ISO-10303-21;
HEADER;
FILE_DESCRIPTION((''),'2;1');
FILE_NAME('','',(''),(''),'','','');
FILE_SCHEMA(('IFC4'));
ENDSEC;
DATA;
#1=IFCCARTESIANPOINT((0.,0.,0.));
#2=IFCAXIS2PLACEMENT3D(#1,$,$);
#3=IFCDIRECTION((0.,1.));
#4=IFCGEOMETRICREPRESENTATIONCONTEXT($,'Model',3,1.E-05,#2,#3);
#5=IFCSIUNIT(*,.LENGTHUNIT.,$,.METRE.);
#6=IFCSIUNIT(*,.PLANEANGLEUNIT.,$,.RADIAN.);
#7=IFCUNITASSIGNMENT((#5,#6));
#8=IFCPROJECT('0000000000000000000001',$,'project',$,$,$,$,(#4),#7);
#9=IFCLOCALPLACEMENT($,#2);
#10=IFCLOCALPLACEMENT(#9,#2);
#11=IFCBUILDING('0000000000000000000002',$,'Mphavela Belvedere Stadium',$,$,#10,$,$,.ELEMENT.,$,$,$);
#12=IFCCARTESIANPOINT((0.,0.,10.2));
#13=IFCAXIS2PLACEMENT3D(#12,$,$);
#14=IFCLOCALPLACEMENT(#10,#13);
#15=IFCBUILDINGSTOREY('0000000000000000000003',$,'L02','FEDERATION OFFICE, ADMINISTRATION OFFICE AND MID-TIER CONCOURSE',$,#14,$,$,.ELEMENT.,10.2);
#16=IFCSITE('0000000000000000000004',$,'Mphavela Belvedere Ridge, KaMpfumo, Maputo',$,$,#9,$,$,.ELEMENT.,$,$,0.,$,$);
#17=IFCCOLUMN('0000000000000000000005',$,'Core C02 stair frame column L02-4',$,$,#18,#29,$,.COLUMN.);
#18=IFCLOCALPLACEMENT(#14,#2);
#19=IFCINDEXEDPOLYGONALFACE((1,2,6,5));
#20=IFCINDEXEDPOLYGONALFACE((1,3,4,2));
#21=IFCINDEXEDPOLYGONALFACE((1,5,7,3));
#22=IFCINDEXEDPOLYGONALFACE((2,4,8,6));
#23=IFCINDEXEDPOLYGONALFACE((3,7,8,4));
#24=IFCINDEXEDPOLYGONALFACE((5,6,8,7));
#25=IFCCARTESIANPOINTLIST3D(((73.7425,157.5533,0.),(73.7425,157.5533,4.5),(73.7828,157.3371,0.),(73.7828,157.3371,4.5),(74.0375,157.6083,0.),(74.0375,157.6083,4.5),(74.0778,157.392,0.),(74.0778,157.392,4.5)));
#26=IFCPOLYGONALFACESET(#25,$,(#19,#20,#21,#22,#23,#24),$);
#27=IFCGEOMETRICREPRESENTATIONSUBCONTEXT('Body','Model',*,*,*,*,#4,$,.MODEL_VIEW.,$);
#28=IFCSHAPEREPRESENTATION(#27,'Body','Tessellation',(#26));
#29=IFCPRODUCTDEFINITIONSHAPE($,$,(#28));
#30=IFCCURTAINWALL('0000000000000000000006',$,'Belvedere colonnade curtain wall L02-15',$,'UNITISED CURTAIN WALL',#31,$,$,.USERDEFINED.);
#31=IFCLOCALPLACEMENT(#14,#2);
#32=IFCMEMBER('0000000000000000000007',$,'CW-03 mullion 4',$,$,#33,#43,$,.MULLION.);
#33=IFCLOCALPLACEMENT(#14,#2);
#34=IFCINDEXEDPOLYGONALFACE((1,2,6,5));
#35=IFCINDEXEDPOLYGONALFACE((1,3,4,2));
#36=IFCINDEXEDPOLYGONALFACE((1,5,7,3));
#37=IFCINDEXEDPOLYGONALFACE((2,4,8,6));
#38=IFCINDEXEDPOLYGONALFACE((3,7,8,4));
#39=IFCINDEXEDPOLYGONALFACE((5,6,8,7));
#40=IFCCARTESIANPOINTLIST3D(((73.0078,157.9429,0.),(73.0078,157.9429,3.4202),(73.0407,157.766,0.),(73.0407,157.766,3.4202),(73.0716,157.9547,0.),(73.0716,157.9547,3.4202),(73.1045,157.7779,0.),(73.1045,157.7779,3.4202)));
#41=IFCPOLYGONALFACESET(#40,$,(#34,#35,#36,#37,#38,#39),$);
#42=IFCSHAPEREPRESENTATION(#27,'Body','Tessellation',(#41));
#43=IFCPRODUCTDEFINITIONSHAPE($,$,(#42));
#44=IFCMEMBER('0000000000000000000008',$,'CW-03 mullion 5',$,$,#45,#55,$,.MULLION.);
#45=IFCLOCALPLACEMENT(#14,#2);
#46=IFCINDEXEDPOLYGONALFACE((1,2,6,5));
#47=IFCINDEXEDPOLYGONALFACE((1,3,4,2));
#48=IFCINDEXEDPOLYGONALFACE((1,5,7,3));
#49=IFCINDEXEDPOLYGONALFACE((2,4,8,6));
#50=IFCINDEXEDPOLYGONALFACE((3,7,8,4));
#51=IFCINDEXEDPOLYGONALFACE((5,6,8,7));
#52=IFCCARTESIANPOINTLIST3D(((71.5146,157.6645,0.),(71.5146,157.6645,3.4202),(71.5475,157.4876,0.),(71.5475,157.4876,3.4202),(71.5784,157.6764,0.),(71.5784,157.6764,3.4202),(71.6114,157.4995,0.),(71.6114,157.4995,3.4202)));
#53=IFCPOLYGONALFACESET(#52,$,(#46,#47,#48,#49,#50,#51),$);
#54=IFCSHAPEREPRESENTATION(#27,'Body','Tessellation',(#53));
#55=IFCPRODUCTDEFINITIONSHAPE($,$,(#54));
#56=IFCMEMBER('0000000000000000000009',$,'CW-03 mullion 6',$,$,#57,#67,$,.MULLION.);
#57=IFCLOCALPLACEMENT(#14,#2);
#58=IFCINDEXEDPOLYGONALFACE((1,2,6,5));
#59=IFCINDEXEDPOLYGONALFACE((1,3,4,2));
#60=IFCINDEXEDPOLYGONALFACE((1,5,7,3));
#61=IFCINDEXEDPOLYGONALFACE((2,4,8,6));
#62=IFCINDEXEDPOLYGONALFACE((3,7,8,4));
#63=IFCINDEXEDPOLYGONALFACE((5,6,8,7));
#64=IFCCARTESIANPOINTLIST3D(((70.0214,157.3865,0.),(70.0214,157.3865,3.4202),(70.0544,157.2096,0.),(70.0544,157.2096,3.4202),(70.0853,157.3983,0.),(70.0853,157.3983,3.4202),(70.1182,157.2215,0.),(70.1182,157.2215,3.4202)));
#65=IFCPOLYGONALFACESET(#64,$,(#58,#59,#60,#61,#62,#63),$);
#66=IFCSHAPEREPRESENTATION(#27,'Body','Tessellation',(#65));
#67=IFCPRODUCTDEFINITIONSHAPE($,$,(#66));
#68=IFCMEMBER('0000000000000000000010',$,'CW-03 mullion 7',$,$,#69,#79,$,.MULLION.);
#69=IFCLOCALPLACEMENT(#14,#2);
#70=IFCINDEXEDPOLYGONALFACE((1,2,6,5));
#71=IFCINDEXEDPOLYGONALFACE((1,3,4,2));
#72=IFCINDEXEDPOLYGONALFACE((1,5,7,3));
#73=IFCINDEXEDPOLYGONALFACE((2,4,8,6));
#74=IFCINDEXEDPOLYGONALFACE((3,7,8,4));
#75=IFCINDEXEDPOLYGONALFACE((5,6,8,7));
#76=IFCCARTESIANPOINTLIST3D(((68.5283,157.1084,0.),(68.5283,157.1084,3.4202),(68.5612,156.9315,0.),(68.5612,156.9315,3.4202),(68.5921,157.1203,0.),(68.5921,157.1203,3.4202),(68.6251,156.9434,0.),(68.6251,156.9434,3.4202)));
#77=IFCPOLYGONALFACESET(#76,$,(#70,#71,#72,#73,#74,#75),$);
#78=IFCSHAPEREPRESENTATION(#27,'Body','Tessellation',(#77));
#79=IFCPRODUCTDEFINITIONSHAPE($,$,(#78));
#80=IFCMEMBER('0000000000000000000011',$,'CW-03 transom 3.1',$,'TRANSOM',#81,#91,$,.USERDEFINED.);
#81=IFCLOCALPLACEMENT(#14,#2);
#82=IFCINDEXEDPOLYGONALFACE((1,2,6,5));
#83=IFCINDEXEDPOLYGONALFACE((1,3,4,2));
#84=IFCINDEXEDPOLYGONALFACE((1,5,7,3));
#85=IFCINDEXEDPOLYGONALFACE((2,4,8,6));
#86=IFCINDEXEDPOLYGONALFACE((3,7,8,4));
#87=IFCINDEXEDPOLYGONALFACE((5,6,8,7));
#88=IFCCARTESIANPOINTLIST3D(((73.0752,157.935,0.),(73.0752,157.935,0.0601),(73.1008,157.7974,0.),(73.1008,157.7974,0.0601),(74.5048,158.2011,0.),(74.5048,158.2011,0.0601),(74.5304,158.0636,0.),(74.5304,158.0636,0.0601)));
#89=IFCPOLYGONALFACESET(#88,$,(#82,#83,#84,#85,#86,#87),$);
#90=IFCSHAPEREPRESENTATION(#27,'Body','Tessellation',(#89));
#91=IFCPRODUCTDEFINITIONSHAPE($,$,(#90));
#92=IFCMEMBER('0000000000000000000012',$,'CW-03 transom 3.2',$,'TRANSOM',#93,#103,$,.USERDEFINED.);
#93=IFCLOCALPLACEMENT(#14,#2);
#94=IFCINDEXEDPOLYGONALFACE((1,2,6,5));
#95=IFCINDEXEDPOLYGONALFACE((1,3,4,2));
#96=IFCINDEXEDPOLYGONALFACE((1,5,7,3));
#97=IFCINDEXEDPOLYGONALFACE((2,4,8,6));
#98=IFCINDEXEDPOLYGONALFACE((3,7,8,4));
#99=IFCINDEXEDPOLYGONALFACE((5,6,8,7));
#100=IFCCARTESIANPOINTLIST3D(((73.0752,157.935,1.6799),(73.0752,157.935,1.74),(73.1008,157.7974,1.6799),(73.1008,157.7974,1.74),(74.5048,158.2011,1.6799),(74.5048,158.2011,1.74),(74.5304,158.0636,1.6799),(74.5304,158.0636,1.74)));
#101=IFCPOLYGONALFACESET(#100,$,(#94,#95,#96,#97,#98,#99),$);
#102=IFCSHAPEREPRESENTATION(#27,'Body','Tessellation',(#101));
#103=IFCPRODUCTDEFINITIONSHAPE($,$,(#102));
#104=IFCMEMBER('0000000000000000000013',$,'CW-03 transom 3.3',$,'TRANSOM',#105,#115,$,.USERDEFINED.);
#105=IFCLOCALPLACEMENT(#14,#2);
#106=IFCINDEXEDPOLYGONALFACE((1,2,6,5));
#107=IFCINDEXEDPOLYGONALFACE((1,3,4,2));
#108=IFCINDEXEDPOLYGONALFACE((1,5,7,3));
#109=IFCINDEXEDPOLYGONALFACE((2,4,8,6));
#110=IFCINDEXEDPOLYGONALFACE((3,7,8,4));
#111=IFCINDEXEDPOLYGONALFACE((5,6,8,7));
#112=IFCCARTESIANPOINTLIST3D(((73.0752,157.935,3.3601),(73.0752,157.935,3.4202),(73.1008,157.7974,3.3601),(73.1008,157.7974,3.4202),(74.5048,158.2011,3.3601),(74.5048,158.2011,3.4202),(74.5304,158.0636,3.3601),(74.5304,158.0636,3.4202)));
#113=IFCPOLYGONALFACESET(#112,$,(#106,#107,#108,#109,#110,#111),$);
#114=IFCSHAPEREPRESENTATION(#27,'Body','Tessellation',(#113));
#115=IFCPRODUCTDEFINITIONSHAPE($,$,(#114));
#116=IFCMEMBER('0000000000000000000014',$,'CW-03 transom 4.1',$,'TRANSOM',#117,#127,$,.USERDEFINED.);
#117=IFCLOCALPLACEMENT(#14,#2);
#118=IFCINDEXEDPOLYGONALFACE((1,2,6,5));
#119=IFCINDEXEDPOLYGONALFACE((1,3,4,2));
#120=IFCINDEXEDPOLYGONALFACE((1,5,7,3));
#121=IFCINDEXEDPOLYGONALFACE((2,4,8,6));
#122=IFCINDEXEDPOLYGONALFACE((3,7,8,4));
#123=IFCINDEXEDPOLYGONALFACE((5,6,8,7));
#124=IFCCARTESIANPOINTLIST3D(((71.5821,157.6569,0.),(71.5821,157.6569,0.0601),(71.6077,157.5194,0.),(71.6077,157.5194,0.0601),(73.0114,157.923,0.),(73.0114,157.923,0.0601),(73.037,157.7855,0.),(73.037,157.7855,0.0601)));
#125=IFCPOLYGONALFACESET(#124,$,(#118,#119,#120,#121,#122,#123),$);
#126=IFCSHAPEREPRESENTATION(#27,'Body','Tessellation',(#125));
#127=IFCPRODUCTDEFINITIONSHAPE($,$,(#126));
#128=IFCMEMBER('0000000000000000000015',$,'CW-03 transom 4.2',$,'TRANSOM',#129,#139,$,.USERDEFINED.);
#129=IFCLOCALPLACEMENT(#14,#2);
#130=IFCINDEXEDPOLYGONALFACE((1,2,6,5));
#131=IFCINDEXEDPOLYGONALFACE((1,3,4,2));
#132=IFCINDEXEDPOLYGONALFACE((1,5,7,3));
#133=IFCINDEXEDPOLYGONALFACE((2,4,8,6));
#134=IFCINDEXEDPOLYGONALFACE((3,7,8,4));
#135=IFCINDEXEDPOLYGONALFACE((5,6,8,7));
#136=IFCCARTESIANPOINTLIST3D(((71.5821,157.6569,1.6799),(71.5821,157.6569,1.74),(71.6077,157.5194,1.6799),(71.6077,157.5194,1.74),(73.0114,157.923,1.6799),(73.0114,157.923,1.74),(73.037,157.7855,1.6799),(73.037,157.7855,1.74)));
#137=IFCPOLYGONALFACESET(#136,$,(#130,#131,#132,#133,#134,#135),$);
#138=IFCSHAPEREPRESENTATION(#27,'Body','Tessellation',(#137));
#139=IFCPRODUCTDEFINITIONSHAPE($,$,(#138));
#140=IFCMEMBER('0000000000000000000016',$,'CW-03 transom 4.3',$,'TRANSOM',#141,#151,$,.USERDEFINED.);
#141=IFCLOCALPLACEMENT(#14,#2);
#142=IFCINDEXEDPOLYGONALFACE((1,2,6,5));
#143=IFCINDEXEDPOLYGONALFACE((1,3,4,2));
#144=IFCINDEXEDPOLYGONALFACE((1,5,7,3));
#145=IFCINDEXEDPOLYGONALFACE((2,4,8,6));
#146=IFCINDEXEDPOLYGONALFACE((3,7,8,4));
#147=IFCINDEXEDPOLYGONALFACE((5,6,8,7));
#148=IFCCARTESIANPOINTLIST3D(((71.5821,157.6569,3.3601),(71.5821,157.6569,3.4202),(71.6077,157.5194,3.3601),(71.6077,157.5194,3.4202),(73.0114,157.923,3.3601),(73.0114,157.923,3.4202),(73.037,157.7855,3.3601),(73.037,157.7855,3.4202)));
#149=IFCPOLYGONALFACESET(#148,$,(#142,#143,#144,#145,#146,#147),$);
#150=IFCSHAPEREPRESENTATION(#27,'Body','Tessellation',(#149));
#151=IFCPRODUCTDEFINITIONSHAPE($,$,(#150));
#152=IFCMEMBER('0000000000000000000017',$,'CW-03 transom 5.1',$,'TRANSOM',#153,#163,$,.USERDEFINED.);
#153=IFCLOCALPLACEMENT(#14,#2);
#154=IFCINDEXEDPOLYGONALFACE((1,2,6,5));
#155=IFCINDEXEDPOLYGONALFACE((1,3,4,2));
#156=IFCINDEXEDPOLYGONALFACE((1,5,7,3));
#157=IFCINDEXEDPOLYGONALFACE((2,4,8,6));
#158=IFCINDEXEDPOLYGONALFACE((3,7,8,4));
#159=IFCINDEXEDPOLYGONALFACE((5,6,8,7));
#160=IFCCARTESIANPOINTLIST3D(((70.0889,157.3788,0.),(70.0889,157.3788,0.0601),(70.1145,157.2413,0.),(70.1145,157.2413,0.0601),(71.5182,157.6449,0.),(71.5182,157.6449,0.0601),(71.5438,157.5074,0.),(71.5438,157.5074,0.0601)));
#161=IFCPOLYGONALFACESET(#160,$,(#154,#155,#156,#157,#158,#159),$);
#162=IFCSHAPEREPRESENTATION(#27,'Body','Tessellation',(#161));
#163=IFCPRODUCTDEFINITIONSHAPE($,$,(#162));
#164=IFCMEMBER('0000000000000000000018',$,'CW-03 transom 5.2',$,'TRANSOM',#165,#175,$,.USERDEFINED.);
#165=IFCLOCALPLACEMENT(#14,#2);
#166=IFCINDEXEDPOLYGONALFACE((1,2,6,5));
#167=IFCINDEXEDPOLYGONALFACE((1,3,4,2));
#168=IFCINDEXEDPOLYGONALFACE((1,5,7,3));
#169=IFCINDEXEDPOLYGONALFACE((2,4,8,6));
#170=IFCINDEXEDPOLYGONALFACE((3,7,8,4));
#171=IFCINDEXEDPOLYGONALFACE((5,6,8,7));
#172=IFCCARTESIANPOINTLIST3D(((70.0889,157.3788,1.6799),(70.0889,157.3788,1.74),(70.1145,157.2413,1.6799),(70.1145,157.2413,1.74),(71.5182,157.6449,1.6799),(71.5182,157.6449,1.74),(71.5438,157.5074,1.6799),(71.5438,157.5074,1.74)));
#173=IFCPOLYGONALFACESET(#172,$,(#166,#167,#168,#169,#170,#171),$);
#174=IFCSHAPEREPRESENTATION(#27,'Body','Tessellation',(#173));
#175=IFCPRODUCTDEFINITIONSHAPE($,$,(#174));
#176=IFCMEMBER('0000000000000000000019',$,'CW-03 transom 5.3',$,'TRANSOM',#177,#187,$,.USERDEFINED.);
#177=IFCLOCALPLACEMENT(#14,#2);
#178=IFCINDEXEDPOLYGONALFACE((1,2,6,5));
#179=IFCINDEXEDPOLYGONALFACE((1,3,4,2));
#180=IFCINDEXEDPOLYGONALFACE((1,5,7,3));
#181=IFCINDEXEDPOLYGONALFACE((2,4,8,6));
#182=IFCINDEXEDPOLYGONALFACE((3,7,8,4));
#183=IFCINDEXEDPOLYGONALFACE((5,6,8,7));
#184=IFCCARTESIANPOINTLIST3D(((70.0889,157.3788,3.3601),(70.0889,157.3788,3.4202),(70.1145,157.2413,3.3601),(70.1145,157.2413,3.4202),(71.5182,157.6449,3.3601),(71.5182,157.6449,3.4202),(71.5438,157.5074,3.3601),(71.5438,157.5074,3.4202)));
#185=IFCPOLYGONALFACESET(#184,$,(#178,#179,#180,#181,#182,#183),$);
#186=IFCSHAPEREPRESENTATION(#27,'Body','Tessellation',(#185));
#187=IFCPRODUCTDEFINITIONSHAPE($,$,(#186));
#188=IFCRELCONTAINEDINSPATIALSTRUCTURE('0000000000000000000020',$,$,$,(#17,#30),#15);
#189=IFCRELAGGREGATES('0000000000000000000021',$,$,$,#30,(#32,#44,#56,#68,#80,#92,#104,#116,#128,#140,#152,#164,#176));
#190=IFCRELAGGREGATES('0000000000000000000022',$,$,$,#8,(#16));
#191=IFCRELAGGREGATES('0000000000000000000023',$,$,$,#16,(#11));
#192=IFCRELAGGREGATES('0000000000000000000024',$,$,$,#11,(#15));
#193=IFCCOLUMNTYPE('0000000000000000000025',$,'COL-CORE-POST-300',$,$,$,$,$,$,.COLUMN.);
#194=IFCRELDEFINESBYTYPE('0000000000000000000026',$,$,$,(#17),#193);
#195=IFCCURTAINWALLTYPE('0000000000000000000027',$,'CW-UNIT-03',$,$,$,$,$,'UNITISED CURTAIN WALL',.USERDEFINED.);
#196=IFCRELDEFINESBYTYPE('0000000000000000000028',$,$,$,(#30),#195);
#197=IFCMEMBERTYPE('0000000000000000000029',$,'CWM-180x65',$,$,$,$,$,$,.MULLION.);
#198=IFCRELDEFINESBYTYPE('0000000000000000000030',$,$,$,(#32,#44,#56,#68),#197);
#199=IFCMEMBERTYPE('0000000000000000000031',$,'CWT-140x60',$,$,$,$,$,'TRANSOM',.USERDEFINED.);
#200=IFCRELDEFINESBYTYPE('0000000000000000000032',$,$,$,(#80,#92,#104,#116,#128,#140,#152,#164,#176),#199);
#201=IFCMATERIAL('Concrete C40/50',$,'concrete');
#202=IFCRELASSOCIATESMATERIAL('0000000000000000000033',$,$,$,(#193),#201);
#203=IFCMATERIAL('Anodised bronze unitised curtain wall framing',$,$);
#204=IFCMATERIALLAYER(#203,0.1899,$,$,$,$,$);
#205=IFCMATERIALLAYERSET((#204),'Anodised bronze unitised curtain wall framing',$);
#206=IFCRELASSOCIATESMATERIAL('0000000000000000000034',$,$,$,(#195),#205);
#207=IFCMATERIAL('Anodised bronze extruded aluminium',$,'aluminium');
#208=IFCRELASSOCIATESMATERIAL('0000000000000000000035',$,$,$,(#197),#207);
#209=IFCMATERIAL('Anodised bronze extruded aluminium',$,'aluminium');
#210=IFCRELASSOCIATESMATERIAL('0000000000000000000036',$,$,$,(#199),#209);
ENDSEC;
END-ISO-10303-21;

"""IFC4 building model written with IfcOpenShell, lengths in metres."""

from ifc_helpers import new_model, si_unit, direction, frame, origin, origin_2d, place, context, subcontext, project, spatial, rectangle, extrude, material, layer, layer_set, material_profile, profile_set, type_object, element, aggregate, save


model = new_model("IFC4")

# Units and contexts
model_context = context("Model", 3, precision=1e-05, world=origin(), true_north=direction((0.0, 1.0)))
body_context = subcontext(model_context, "Body", "Model", "MODEL_VIEW")
ifc_project = project(units=[si_unit("LENGTHUNIT", "METRE"), si_unit("PLANEANGLEUNIT", "RADIAN")], contexts=[model_context])

# Site, building, storey
site_placement = place(None, origin())
site = spatial("IfcSite", under=ifc_project, at=site_placement, Name="Mphavela Belvedere Ridge, KaMpfumo, Maputo", CompositionType="ELEMENT", RefElevation=0.0)
building_placement = place(site_placement, origin())
building = spatial("IfcBuilding", under=site, at=building_placement, Name="Mphavela Belvedere Stadium", CompositionType="ELEMENT")
storey_placement = place(building_placement, frame((0.0, 0.0, 10.2)))
storey = spatial("IfcBuildingStorey", under=building, at=storey_placement, Name="L02", Description="FEDERATION OFFICE, ADMINISTRATION OFFICE AND MID-TIER CONCOURSE", CompositionType="ELEMENT", Elevation=10.2)

# Column
ifc_material_1 = material(Name="Concrete C40/50", Category="concrete")
ifc_material_profile_1 = material_profile(ifc_material_1, rectangle(XDim=0.3, YDim=0.22, at=origin_2d()), Name="RC 300x220")
ifc_profile_set_1 = profile_set([ifc_material_profile_1], Name="Concrete C40/50")
column_type = type_object("IfcColumnType", Name="COL-CORE-POST-300", PredefinedType="COLUMN", material=ifc_profile_set_1)
column_placement = place(storey_placement, frame((73.9102, 157.4727, 0.0), z_axis=(0.0, 0.0, 1.0), x_axis=(0.983096, 0.183094, 0.0)))
element("IfcColumn", 1, at=column_placement, inside=storey, type_object=column_type, Name="Core C02 stair frame column L02-4", PredefinedType="COLUMN", context=body_context, shape_type="SweptSolid", body=[
    extrude(rectangle(XDim=0.3, YDim=0.22, at=origin_2d()), origin(), (0.0, 0.0, 1.0), 4.5),
])

# Curtain wall, members
ifc_material_2 = material(Name="Anodised bronze unitised curtain wall framing")
ifc_layer_1 = layer(ifc_material_2, 0.1899)
ifc_layer_set_1 = layer_set([ifc_layer_1], Name="Anodised bronze unitised curtain wall framing")
curtain_wall_type = type_object("IfcCurtainWallType", Name="CW-UNIT-03", ElementType="UNITISED CURTAIN WALL", PredefinedType="USERDEFINED", material=ifc_layer_set_1)
curtain_wall_placement = place(storey_placement, origin())
curtain_wall = element("IfcCurtainWall", 2, at=curtain_wall_placement, inside=storey, type_object=curtain_wall_type, Name="Belvedere colonnade curtain wall L02-15", ObjectType="UNITISED CURTAIN WALL", PredefinedType="USERDEFINED")
ifc_material_3 = material(Name="Anodised bronze extruded aluminium", Category="aluminium")
ifc_material_profile_2 = material_profile(ifc_material_3, rectangle(XDim=0.1799, YDim=0.0649, at=origin_2d()), Name="CW-MUL 180x65")
ifc_profile_set_2 = profile_set([ifc_material_profile_2], Name="Anodised bronze extruded aluminium")
member_type_1 = type_object("IfcMemberType", Name="CWM-180x65", PredefinedType="MULLION", material=ifc_profile_set_2)
member_1_placement = place(storey_placement, frame((73.0562, 157.8604, 0.0), z_axis=(0.0, 0.0, 1.0), x_axis=(0.183085, -0.983097, 0.0)))
member_1 = element("IfcMember", 3, at=member_1_placement, type_object=member_type_1, Name="CW-03 mullion 4", PredefinedType="MULLION", context=body_context, shape_type="SweptSolid", body=[
    extrude(rectangle(XDim=0.1799, YDim=0.0649, at=origin_2d()), origin(), (0.0, 0.0, 1.0), 3.4202),
])
member_2_placement = place(storey_placement, frame((71.563, 157.582, 0.0), z_axis=(0.0, 0.0, 1.0), x_axis=(0.183085, -0.983097, 0.0)))
member_2 = element("IfcMember", 4, at=member_2_placement, type_object=member_type_1, Name="CW-03 mullion 5", PredefinedType="MULLION", context=body_context, shape_type="SweptSolid", body=[
    extrude(rectangle(XDim=0.1799, YDim=0.0649, at=origin_2d()), origin(), (0.0, 0.0, 1.0), 3.4202),
])
member_3_placement = place(storey_placement, frame((70.0698, 157.304, 0.0), z_axis=(0.0, 0.0, 1.0), x_axis=(0.183085, -0.983097, 0.0)))
member_3 = element("IfcMember", 5, at=member_3_placement, type_object=member_type_1, Name="CW-03 mullion 6", PredefinedType="MULLION", context=body_context, shape_type="SweptSolid", body=[
    extrude(rectangle(XDim=0.1799, YDim=0.0649, at=origin_2d()), origin(), (0.0, 0.0, 1.0), 3.4202),
])
member_4_placement = place(storey_placement, frame((68.5767, 157.0259, 0.0), z_axis=(0.0, 0.0, 1.0), x_axis=(0.183085, -0.983097, 0.0)))
member_4 = element("IfcMember", 6, at=member_4_placement, type_object=member_type_1, Name="CW-03 mullion 7", PredefinedType="MULLION", context=body_context, shape_type="SweptSolid", body=[
    extrude(rectangle(XDim=0.1799, YDim=0.0649, at=origin_2d()), origin(), (0.0, 0.0, 1.0), 3.4202),
])
ifc_material_4 = material(Name="Anodised bronze extruded aluminium", Category="aluminium")
ifc_material_profile_3 = material_profile(ifc_material_4, rectangle(XDim=0.1399, YDim=0.0601, at=origin_2d()), Name="CW-TRN 140x60")
ifc_profile_set_3 = profile_set([ifc_material_profile_3], Name="Anodised bronze extruded aluminium")
member_type_2 = type_object("IfcMemberType", Name="CWT-140x60", ElementType="TRANSOM", PredefinedType="USERDEFINED", material=ifc_profile_set_3)
member_5_placement = place(storey_placement, frame((74.5176, 158.1323, 0.03), z_axis=(-0.983109, -0.183021, 0.0), x_axis=(0.183021, -0.983109, 0.0)))
member_5 = element("IfcMember", 7, at=member_5_placement, type_object=member_type_2, Name="CW-03 transom 3.1", ObjectType="TRANSOM", PredefinedType="USERDEFINED", context=body_context, shape_type="SweptSolid", body=[
    extrude(rectangle(XDim=0.1399, YDim=0.0601, at=origin_2d()), origin(), (0.0, 0.0, 1.0), 1.4541),
])
member_6_placement = place(storey_placement, frame((74.5176, 158.1323, 1.71), z_axis=(-0.983109, -0.183021, 0.0), x_axis=(0.183021, -0.983109, 0.0)))
member_6 = element("IfcMember", 8, at=member_6_placement, type_object=member_type_2, Name="CW-03 transom 3.2", ObjectType="TRANSOM", PredefinedType="USERDEFINED", context=body_context, shape_type="SweptSolid", body=[
    extrude(rectangle(XDim=0.1399, YDim=0.0601, at=origin_2d()), origin(), (0.0, 0.0, 1.0), 1.4541),
])
member_7_placement = place(storey_placement, frame((74.5176, 158.1323, 3.3901), z_axis=(-0.983109, -0.183021, 0.0), x_axis=(0.183021, -0.983109, 0.0)))
member_7 = element("IfcMember", 9, at=member_7_placement, type_object=member_type_2, Name="CW-03 transom 3.3", ObjectType="TRANSOM", PredefinedType="USERDEFINED", context=body_context, shape_type="SweptSolid", body=[
    extrude(rectangle(XDim=0.1399, YDim=0.0601, at=origin_2d()), origin(), (0.0, 0.0, 1.0), 1.4541),
])
member_8_placement = place(storey_placement, frame((73.0242, 157.8542, 0.03), z_axis=(-0.983103, -0.183051, 0.0), x_axis=(0.183051, -0.983103, 0.0)))
member_8 = element("IfcMember", 10, at=member_8_placement, type_object=member_type_2, Name="CW-03 transom 4.1", ObjectType="TRANSOM", PredefinedType="USERDEFINED", context=body_context, shape_type="SweptSolid", body=[
    extrude(rectangle(XDim=0.1399, YDim=0.0601, at=origin_2d()), origin(), (0.0, 0.0, 1.0), 1.4539),
])
member_9_placement = place(storey_placement, frame((73.0242, 157.8542, 1.71), z_axis=(-0.983103, -0.183051, 0.0), x_axis=(0.183051, -0.983103, 0.0)))
member_9 = element("IfcMember", 11, at=member_9_placement, type_object=member_type_2, Name="CW-03 transom 4.2", ObjectType="TRANSOM", PredefinedType="USERDEFINED", context=body_context, shape_type="SweptSolid", body=[
    extrude(rectangle(XDim=0.1399, YDim=0.0601, at=origin_2d()), origin(), (0.0, 0.0, 1.0), 1.4539),
])
member_10_placement = place(storey_placement, frame((73.0242, 157.8542, 3.3901), z_axis=(-0.983103, -0.183051, 0.0), x_axis=(0.183051, -0.983103, 0.0)))
member_10 = element("IfcMember", 12, at=member_10_placement, type_object=member_type_2, Name="CW-03 transom 4.3", ObjectType="TRANSOM", PredefinedType="USERDEFINED", context=body_context, shape_type="SweptSolid", body=[
    extrude(rectangle(XDim=0.1399, YDim=0.0601, at=origin_2d()), origin(), (0.0, 0.0, 1.0), 1.4539),
])
member_11_placement = place(storey_placement, frame((71.531, 157.5762, 0.03), z_axis=(-0.983103, -0.183051, 0.0), x_axis=(0.183051, -0.983103, 0.0)))
member_11 = element("IfcMember", 13, at=member_11_placement, type_object=member_type_2, Name="CW-03 transom 5.1", ObjectType="TRANSOM", PredefinedType="USERDEFINED", context=body_context, shape_type="SweptSolid", body=[
    extrude(rectangle(XDim=0.1399, YDim=0.0601, at=origin_2d()), origin(), (0.0, 0.0, 1.0), 1.4539),
])
member_12_placement = place(storey_placement, frame((71.531, 157.5762, 1.71), z_axis=(-0.983103, -0.183051, 0.0), x_axis=(0.183051, -0.983103, 0.0)))
member_12 = element("IfcMember", 14, at=member_12_placement, type_object=member_type_2, Name="CW-03 transom 5.2", ObjectType="TRANSOM", PredefinedType="USERDEFINED", context=body_context, shape_type="SweptSolid", body=[
    extrude(rectangle(XDim=0.1399, YDim=0.0601, at=origin_2d()), origin(), (0.0, 0.0, 1.0), 1.4539),
])
member_13_placement = place(storey_placement, frame((71.531, 157.5762, 3.3901), z_axis=(-0.983103, -0.183051, 0.0), x_axis=(0.183051, -0.983103, 0.0)))
member_13 = element("IfcMember", 15, at=member_13_placement, type_object=member_type_2, Name="CW-03 transom 5.3", ObjectType="TRANSOM", PredefinedType="USERDEFINED", context=body_context, shape_type="SweptSolid", body=[
    extrude(rectangle(XDim=0.1399, YDim=0.0601, at=origin_2d()), origin(), (0.0, 0.0, 1.0), 1.4539),
])
aggregate(curtain_wall, [member_1, member_2, member_3, member_4, member_5, member_6, member_7, member_8, member_9, member_10, member_11, member_12, member_13])

save(model, "model.ifc")
